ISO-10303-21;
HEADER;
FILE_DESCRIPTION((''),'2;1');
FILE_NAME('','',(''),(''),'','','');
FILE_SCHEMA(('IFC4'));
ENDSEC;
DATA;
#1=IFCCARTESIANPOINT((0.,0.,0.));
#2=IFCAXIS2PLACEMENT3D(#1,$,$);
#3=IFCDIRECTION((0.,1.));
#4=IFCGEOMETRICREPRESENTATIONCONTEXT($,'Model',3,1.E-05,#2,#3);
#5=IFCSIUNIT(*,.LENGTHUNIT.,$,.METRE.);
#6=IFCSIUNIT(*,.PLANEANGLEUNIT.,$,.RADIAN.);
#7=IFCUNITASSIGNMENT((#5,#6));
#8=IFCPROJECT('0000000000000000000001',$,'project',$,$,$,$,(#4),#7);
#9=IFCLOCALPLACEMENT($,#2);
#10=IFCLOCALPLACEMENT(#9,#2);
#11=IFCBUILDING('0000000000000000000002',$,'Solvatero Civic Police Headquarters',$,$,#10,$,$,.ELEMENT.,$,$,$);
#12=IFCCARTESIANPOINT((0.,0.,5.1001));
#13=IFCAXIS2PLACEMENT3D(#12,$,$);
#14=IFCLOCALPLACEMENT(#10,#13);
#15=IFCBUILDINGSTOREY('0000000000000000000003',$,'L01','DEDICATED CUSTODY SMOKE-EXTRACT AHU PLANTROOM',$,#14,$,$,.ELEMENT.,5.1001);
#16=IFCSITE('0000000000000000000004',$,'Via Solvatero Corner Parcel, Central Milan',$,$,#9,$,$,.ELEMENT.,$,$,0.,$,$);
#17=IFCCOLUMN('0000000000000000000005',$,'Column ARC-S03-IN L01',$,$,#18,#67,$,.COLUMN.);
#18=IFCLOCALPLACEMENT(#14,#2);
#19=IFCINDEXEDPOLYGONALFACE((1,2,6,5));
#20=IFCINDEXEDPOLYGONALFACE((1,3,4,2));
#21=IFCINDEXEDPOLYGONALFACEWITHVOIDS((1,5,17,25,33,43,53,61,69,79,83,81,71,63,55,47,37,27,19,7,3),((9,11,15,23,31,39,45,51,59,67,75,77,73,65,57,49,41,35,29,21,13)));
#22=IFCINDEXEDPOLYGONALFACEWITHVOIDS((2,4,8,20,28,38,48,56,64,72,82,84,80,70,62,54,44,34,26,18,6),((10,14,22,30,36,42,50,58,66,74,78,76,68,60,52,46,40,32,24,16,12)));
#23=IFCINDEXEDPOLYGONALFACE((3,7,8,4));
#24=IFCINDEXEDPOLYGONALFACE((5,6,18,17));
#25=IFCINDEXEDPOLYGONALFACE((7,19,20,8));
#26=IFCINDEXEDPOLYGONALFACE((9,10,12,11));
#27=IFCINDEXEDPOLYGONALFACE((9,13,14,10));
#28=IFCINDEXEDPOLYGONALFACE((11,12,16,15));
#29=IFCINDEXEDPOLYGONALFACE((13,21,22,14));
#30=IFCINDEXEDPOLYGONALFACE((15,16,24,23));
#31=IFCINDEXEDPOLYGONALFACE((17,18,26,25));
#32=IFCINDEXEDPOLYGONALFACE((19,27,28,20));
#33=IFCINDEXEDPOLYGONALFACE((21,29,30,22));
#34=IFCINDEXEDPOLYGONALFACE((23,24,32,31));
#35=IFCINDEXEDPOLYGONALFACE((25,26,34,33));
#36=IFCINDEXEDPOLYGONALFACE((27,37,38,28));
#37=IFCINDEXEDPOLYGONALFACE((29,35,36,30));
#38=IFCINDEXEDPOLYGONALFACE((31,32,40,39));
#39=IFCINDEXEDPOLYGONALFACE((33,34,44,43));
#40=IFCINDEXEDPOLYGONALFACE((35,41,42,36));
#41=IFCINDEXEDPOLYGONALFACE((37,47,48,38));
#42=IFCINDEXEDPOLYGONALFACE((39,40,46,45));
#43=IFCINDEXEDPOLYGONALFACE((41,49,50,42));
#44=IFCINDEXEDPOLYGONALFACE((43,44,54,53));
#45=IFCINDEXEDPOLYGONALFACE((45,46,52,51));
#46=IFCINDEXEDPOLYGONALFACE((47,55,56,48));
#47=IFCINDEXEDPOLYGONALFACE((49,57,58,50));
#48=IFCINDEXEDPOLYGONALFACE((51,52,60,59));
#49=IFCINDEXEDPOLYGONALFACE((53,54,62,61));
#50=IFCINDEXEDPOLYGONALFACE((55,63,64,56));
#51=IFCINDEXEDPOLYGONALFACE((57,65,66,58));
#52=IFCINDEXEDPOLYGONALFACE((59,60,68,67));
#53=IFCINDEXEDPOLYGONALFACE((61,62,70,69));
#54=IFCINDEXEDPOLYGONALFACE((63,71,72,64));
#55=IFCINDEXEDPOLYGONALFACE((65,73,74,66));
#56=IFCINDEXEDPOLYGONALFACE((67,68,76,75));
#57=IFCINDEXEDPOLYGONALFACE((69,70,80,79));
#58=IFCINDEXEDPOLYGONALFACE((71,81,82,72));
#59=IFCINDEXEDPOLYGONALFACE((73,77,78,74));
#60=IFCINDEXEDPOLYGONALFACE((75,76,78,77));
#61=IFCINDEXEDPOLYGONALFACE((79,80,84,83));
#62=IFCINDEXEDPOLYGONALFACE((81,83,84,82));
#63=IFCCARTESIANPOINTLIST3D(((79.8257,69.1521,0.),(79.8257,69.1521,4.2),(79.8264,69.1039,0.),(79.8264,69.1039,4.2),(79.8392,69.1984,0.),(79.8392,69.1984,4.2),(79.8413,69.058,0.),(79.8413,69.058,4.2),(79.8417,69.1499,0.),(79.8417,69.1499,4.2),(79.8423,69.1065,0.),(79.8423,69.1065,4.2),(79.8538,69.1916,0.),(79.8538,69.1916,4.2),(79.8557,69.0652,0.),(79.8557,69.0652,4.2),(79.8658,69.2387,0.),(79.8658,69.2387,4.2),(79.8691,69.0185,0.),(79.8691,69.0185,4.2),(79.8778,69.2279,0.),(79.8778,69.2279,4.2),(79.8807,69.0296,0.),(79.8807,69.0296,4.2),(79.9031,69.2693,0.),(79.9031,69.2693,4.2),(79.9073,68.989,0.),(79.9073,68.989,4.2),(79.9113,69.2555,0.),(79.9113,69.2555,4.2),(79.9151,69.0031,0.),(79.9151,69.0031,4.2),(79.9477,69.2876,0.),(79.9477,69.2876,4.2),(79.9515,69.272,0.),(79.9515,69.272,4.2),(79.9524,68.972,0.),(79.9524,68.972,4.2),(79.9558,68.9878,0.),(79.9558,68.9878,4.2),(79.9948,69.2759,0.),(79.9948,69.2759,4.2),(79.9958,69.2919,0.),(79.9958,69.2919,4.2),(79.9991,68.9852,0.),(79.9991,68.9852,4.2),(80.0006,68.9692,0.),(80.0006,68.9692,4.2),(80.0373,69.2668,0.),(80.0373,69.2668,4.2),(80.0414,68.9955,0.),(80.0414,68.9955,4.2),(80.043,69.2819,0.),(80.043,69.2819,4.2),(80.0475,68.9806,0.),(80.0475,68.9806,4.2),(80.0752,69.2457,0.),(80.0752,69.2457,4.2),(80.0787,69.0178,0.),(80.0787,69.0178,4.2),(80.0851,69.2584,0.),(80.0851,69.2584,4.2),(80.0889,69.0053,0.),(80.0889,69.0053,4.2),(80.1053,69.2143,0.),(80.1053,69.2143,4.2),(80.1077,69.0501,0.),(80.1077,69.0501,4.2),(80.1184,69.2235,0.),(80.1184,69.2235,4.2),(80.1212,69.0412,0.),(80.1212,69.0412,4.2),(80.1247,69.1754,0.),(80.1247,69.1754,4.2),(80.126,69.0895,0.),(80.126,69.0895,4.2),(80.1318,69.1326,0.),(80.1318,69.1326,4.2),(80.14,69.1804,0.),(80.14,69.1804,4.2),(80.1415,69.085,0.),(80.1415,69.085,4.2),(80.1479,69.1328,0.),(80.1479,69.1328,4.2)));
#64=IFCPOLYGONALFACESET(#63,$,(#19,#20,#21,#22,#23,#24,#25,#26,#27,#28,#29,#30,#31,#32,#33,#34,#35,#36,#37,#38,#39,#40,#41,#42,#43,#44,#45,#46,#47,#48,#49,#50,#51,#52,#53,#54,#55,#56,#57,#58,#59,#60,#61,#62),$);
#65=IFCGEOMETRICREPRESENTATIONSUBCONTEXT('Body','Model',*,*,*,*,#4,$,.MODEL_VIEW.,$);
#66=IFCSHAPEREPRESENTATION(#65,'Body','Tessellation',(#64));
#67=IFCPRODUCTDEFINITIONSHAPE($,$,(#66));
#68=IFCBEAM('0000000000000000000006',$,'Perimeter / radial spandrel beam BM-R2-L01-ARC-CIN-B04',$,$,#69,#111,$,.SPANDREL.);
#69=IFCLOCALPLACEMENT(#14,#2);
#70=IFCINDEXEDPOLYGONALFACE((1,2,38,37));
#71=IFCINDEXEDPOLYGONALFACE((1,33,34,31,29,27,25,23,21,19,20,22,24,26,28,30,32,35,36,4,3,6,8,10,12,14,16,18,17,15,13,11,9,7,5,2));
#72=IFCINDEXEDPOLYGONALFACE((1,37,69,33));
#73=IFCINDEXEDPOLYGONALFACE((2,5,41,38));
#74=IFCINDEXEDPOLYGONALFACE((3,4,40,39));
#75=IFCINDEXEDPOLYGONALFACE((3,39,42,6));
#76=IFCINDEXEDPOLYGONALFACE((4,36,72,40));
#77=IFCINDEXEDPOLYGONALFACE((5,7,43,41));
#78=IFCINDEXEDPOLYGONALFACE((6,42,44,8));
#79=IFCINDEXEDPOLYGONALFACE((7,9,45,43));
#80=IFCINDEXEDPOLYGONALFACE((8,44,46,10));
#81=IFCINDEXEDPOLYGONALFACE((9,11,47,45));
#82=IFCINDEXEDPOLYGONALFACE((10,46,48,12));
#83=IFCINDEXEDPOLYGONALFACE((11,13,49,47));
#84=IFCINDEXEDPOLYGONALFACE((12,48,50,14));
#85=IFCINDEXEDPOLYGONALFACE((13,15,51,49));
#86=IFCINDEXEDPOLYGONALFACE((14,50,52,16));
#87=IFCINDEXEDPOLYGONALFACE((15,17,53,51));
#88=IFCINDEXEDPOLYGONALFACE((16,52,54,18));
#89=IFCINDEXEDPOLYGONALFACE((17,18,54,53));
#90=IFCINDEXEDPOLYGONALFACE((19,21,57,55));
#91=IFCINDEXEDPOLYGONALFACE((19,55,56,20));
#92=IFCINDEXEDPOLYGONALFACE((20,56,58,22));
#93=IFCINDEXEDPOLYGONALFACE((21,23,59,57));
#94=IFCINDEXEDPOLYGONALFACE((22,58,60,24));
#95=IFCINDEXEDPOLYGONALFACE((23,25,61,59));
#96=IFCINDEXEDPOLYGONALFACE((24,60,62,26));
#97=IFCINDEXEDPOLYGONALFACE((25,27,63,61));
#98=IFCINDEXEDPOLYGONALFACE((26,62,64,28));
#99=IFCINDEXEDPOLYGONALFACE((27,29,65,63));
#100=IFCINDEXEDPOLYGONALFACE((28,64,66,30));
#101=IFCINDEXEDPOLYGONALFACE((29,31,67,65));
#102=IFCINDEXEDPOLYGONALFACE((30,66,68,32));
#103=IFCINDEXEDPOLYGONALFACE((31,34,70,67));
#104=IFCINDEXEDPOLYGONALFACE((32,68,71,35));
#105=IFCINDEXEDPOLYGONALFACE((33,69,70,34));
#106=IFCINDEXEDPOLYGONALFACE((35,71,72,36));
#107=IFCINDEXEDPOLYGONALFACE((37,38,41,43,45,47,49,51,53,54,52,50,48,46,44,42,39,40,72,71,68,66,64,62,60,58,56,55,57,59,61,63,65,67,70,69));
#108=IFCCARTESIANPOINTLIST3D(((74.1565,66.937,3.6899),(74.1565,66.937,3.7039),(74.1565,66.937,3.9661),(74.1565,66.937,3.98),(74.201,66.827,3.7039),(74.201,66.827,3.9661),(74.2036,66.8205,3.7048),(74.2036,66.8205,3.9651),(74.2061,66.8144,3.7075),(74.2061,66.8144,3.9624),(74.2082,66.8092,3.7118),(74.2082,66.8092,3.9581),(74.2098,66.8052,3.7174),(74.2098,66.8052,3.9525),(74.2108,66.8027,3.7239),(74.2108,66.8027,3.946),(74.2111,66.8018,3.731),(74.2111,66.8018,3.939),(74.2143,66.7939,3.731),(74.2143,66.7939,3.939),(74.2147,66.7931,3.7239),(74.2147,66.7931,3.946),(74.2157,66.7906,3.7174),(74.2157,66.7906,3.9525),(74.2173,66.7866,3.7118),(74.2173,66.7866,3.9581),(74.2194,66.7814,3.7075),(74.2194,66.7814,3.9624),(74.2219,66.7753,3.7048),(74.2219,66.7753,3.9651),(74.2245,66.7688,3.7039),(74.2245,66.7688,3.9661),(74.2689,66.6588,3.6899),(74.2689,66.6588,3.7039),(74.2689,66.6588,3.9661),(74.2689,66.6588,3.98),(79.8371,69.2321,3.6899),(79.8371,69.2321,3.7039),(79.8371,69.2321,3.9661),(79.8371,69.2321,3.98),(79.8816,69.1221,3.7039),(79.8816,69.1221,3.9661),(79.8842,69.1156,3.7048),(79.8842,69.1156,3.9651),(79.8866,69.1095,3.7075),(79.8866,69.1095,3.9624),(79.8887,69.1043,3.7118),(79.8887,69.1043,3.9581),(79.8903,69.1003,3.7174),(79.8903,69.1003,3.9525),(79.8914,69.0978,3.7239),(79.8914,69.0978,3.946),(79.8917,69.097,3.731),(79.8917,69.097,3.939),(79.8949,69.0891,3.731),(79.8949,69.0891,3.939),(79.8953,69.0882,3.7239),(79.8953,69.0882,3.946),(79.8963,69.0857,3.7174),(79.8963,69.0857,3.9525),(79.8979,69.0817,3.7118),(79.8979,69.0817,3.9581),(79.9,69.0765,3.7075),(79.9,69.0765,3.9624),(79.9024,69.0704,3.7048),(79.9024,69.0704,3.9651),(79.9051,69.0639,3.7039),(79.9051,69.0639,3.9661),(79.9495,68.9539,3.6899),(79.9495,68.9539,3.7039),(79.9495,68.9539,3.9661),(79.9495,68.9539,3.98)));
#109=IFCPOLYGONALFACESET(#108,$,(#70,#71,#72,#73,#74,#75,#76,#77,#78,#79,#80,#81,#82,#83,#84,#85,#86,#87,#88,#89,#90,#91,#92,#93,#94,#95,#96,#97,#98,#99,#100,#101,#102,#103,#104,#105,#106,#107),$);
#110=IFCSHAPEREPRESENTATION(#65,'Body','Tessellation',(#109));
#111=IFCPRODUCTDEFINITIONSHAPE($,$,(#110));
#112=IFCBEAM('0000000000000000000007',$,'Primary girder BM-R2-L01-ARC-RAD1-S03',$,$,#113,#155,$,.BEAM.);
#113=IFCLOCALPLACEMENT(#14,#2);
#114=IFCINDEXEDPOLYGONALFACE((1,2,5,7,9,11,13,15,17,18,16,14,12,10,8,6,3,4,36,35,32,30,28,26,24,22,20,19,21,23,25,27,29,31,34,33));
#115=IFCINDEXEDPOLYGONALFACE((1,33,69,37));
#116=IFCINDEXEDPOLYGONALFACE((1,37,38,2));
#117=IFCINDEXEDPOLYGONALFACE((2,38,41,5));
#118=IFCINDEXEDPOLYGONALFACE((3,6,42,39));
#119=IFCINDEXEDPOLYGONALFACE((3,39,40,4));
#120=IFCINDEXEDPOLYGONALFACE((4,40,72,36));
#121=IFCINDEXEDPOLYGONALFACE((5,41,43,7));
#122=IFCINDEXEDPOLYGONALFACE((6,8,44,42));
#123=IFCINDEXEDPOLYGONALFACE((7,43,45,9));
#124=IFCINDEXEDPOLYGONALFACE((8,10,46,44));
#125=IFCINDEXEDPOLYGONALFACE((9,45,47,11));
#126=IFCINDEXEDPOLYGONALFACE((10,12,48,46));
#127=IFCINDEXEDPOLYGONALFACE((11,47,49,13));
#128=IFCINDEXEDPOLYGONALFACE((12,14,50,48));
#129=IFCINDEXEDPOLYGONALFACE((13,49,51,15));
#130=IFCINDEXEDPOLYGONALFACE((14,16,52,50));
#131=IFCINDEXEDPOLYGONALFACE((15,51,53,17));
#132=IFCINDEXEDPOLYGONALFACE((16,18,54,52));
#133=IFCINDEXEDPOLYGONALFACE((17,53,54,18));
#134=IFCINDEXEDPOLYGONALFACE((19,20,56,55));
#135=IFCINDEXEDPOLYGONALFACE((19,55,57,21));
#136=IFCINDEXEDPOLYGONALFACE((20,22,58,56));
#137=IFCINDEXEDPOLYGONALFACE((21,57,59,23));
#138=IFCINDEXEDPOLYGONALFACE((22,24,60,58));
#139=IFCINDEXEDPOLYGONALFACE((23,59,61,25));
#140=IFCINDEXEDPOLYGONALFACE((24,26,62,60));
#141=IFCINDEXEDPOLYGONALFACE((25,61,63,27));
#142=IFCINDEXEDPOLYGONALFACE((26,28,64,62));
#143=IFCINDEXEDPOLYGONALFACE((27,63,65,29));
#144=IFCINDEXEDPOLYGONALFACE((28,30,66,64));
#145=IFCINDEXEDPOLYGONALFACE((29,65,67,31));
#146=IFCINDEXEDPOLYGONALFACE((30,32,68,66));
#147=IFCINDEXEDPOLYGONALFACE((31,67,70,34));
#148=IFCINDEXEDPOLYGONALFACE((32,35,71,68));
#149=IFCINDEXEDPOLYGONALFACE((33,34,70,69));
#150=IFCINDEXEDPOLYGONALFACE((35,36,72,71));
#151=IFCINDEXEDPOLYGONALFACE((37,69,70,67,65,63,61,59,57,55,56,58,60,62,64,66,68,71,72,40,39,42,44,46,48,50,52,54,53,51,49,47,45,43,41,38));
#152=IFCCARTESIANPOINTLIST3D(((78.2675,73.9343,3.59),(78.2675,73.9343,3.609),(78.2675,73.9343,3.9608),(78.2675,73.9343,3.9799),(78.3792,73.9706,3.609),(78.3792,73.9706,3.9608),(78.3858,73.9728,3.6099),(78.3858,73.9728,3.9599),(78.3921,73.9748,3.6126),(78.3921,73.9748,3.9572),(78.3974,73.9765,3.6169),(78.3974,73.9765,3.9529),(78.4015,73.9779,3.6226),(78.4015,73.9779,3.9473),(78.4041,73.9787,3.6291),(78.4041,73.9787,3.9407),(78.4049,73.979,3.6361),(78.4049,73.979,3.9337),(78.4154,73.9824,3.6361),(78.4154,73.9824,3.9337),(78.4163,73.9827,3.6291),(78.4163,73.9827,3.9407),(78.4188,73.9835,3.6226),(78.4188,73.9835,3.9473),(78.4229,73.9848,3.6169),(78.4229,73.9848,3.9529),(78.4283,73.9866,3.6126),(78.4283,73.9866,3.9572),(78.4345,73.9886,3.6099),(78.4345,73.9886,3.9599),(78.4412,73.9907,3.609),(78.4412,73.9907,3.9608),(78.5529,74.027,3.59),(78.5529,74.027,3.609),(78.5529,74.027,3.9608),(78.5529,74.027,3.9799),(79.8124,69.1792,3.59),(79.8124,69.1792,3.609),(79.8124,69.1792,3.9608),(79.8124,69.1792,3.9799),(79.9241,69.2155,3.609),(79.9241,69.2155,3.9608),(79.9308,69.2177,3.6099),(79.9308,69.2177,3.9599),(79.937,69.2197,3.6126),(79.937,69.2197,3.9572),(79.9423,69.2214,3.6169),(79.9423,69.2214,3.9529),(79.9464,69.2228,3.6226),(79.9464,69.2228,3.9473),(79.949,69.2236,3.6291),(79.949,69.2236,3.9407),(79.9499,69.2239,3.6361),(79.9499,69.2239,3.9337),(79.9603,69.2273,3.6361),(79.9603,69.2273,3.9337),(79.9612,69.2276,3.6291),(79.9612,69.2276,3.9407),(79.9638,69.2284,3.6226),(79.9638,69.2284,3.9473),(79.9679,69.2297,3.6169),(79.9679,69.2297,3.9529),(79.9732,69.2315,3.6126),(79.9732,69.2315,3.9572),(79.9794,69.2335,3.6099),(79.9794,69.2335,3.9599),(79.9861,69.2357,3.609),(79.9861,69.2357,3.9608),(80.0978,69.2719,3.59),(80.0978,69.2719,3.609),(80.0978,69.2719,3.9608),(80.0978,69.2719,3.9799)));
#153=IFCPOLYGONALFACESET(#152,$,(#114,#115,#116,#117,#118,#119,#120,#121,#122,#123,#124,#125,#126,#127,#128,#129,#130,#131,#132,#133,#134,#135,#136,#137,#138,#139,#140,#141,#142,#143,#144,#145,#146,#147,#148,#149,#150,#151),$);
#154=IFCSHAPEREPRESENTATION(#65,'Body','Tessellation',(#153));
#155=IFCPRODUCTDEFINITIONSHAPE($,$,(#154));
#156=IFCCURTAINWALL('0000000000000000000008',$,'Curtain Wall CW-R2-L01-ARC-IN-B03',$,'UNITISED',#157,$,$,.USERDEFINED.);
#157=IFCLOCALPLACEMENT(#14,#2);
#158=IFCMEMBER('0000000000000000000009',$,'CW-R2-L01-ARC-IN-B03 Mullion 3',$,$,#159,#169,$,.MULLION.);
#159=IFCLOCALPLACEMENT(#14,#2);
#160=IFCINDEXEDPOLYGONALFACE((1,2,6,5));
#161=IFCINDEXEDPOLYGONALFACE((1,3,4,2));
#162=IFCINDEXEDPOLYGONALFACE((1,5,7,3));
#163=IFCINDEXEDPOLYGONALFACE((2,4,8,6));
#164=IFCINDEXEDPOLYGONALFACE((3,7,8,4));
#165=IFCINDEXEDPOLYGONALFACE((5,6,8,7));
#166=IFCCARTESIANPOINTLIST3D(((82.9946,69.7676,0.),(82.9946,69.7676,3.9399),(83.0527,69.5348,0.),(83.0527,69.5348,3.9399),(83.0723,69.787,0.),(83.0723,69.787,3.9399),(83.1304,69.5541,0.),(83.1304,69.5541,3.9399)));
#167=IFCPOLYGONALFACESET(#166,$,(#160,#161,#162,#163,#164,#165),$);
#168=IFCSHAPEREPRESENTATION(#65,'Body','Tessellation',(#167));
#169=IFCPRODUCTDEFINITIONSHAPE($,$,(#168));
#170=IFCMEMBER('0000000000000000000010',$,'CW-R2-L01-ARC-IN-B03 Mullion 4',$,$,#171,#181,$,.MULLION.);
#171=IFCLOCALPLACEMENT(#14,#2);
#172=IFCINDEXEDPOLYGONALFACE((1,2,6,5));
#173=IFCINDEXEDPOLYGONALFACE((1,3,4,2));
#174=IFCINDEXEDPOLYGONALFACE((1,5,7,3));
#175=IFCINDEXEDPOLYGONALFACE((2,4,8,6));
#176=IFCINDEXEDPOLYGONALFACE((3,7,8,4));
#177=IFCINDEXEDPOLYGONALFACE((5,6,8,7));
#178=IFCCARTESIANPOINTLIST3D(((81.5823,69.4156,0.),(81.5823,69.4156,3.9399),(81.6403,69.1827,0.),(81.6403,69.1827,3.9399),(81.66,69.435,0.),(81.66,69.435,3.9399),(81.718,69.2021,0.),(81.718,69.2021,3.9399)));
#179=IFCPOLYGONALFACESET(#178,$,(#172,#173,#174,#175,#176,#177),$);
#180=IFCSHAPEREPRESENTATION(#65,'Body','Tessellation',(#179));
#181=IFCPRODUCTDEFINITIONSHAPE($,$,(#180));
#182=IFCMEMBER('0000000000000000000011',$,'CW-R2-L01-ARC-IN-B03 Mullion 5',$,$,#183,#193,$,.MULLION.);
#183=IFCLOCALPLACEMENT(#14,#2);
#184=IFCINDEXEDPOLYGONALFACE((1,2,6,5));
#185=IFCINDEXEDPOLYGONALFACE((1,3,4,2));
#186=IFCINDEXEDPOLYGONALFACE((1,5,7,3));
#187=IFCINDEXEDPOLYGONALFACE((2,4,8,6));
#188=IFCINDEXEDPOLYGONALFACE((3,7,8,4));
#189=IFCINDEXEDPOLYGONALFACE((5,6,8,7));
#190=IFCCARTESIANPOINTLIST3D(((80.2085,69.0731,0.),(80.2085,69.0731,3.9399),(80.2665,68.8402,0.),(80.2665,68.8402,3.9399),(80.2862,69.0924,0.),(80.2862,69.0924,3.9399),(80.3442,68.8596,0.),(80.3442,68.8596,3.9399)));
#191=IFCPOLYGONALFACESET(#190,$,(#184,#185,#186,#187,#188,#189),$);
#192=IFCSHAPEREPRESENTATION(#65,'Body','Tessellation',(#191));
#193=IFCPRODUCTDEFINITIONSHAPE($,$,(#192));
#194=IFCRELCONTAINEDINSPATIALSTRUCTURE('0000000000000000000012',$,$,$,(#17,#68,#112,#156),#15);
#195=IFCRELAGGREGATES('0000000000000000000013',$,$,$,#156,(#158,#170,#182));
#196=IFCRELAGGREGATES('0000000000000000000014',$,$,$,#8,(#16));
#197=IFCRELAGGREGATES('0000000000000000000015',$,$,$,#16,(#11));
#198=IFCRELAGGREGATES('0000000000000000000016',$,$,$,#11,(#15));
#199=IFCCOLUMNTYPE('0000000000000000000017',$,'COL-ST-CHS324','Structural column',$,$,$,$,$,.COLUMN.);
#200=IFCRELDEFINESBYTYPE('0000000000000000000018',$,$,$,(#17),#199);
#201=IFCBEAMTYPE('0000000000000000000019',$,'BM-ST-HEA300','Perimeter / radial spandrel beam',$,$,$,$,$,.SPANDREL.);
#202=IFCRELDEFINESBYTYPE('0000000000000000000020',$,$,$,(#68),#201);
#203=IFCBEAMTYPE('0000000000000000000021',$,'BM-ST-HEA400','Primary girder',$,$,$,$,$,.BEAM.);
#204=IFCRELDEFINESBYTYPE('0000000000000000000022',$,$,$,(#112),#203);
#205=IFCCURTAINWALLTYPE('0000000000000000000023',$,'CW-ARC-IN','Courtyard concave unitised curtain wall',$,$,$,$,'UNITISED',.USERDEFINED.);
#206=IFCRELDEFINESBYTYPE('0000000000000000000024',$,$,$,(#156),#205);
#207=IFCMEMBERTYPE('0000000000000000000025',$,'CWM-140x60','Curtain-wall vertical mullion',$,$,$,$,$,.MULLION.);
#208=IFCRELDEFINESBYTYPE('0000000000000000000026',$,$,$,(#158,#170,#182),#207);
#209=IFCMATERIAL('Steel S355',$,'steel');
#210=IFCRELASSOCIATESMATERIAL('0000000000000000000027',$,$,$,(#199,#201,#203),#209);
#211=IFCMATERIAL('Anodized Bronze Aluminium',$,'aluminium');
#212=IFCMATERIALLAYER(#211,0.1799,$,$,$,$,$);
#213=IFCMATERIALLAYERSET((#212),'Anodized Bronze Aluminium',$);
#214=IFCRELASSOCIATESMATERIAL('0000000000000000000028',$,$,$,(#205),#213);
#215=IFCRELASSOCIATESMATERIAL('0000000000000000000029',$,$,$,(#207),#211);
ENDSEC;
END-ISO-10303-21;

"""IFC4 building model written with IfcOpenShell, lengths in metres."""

from ifc_helpers import new_model, si_unit, direction, frame, origin, origin_2d, place, context, subcontext, project, spatial, rectangle, hollow_circle, i_section, extrude, material, layer, layer_set, material_profile, profile_set, type_object, element, aggregate, save


model = new_model("IFC4")

# Units and contexts
model_context = context("Model", 3, precision=1e-05, world=origin(), true_north=direction((0.0, 1.0)))
body_context = subcontext(model_context, "Body", "Model", "MODEL_VIEW")
ifc_project = project(units=[si_unit("LENGTHUNIT", "METRE"), si_unit("PLANEANGLEUNIT", "RADIAN")], contexts=[model_context])

# Site, building, storey
site_placement = place(None, origin())
site = spatial("IfcSite", under=ifc_project, at=site_placement, Name="Via Solvatero Corner Parcel, Central Milan", CompositionType="ELEMENT", RefElevation=0.0)
building_placement = place(site_placement, origin())
building = spatial("IfcBuilding", under=site, at=building_placement, Name="Solvatero Civic Police Headquarters", CompositionType="ELEMENT")
storey_placement = place(building_placement, frame((0.0, 0.0, 5.1001)))
storey = spatial("IfcBuildingStorey", under=building, at=storey_placement, Name="L01", Description="DEDICATED CUSTODY SMOKE-EXTRACT AHU PLANTROOM", CompositionType="ELEMENT", Elevation=5.1001)

# Column
ifc_material_1 = material(Name="Steel S355", Category="steel")
ifc_material_profile_1 = material_profile(ifc_material_1, hollow_circle(Radius=0.1619, WallThickness=0.0161, at=origin_2d()), Name="CHS 323.9x16.0")
ifc_profile_set_1 = profile_set([ifc_material_profile_1], Name="Steel S355")
column_type = type_object("IfcColumnType", Name="COL-ST-CHS324", Description="Structural column", PredefinedType="COLUMN", material=ifc_profile_set_1)
column_placement = place(storey_placement, frame((79.9861, 69.1304, 0.0), z_axis=(0.0, 0.0, 1.0), x_axis=(0.951057, 0.309017, 0.0)))
element("IfcColumn", 1, at=column_placement, inside=storey, type_object=column_type, Name="Column ARC-S03-IN L01", PredefinedType="COLUMN", context=body_context, shape_type="SweptSolid", body=[
    extrude(hollow_circle(Radius=0.1619, WallThickness=0.0161, at=origin_2d()), origin(), (0.0, 0.0, 1.0), 4.2),
])

# Beams
ifc_material_profile_2 = material_profile(ifc_material_1, i_section(OverallWidth=0.3, OverallDepth=0.29, WebThickness=0.0085, FlangeThickness=0.0139, FilletRadius=0.0271, at=origin_2d()), Name="HEA 300")
ifc_profile_set_2 = profile_set([ifc_material_profile_2], Name="Steel S355")
beam_type_1 = type_object("IfcBeamType", Name="BM-ST-HEA300", Description="Perimeter / radial spandrel beam", PredefinedType="SPANDREL", material=ifc_profile_set_2)
beam_1_placement = place(storey_placement, frame((79.8933, 69.093, 3.835), z_axis=(-0.927182, -0.374611, 0.0), x_axis=(0.374611, -0.927182, 0.0)))
element("IfcBeam", 2, at=beam_1_placement, inside=storey, type_object=beam_type_1, Name="Perimeter / radial spandrel beam BM-R2-L01-ARC-CIN-B04", PredefinedType="SPANDREL", context=body_context, shape_type="SweptSolid", body=[
    extrude(i_section(OverallWidth=0.3, OverallDepth=0.29, WebThickness=0.0085, FlangeThickness=0.0139, FilletRadius=0.0271, at=origin_2d()), origin(), (0.0, 0.0, 1.0), 6.1267),
])
ifc_material_profile_3 = material_profile(ifc_material_1, i_section(OverallWidth=0.3, OverallDepth=0.3899, WebThickness=0.011, FlangeThickness=0.019, FilletRadius=0.0271, at=origin_2d()), Name="HEA 400")
ifc_profile_set_3 = profile_set([ifc_material_profile_3], Name="Steel S355")
beam_type_2 = type_object("IfcBeamType", Name="BM-ST-HEA400", Description="Primary girder", PredefinedType="BEAM", material=ifc_profile_set_3)
beam_2_placement = place(storey_placement, frame((79.9551, 69.2256, 3.7849), z_axis=(-0.308997, 0.951063, 0.0), x_axis=(-0.951063, -0.308997, 0.0)))
element("IfcBeam", 3, at=beam_2_placement, inside=storey, type_object=beam_type_2, Name="Primary girder BM-R2-L01-ARC-RAD1-S03", PredefinedType="BEAM", context=body_context, shape_type="SweptSolid", body=[
    extrude(i_section(OverallWidth=0.3, OverallDepth=0.3899, WebThickness=0.011, FlangeThickness=0.019, FilletRadius=0.0271, at=origin_2d()), origin(), (0.0, 0.0, 1.0), 4.9998),
])

# Curtain wall, members
ifc_material_2 = material(Name="Anodized Bronze Aluminium", Category="aluminium")
ifc_layer_1 = layer(ifc_material_2, 0.1799)
ifc_layer_set_1 = layer_set([ifc_layer_1], Name="Anodized Bronze Aluminium")
curtain_wall_type = type_object("IfcCurtainWallType", Name="CW-ARC-IN", Description="Courtyard concave unitised curtain wall", ElementType="UNITISED", PredefinedType="USERDEFINED", material=ifc_layer_set_1)
curtain_wall_1_placement = place(storey_placement, origin())
curtain_wall_1 = element("IfcCurtainWall", 4, at=curtain_wall_1_placement, inside=storey, type_object=curtain_wall_type, Name="Curtain Wall CW-R2-L01-ARC-IN-B03", ObjectType="UNITISED", PredefinedType="USERDEFINED")
ifc_material_profile_4 = material_profile(ifc_material_2, rectangle(XDim=0.0801, YDim=0.24, at=origin_2d()), Name="ALU MULLION 80x240")
ifc_profile_set_4 = profile_set([ifc_material_profile_4], Name="Anodized Bronze Aluminium")
member_type_1 = type_object("IfcMemberType", Name="CWM-140x60", Description="Curtain-wall vertical mullion", PredefinedType="MULLION", material=ifc_profile_set_4)
member_1_placement = place(storey_placement, frame((83.0625, 69.6609, 0.0), z_axis=(0.0, 0.0, 1.0), x_axis=(-0.9703, -0.241905, 0.0)))
member_1 = element("IfcMember", 5, at=member_1_placement, type_object=member_type_1, Name="CW-R2-L01-ARC-IN-B03 Mullion 3", PredefinedType="MULLION", context=body_context, shape_type="SweptSolid", body=[
    extrude(rectangle(XDim=0.0801, YDim=0.24, at=origin_2d()), origin(), (0.0, 0.0, 1.0), 3.9399),
])
member_2_placement = place(storey_placement, frame((81.6501, 69.3088, 0.0), z_axis=(0.0, 0.0, 1.0), x_axis=(-0.9703, -0.241905, 0.0)))
member_2 = element("IfcMember", 6, at=member_2_placement, type_object=member_type_1, Name="CW-R2-L01-ARC-IN-B03 Mullion 4", PredefinedType="MULLION", context=body_context, shape_type="SweptSolid", body=[
    extrude(rectangle(XDim=0.0801, YDim=0.24, at=origin_2d()), origin(), (0.0, 0.0, 1.0), 3.9399),
])
member_3_placement = place(storey_placement, frame((80.2764, 68.9663, 0.0), z_axis=(0.0, 0.0, 1.0), x_axis=(-0.9703, -0.241905, 0.0)))
member_3 = element("IfcMember", 7, at=member_3_placement, type_object=member_type_1, Name="CW-R2-L01-ARC-IN-B03 Mullion 5", PredefinedType="MULLION", context=body_context, shape_type="SweptSolid", body=[
    extrude(rectangle(XDim=0.0801, YDim=0.24, at=origin_2d()), origin(), (0.0, 0.0, 1.0), 3.9399),
])

aggregate(curtain_wall_1, [member_1, member_2, member_3])

save(model, "model.ifc")
